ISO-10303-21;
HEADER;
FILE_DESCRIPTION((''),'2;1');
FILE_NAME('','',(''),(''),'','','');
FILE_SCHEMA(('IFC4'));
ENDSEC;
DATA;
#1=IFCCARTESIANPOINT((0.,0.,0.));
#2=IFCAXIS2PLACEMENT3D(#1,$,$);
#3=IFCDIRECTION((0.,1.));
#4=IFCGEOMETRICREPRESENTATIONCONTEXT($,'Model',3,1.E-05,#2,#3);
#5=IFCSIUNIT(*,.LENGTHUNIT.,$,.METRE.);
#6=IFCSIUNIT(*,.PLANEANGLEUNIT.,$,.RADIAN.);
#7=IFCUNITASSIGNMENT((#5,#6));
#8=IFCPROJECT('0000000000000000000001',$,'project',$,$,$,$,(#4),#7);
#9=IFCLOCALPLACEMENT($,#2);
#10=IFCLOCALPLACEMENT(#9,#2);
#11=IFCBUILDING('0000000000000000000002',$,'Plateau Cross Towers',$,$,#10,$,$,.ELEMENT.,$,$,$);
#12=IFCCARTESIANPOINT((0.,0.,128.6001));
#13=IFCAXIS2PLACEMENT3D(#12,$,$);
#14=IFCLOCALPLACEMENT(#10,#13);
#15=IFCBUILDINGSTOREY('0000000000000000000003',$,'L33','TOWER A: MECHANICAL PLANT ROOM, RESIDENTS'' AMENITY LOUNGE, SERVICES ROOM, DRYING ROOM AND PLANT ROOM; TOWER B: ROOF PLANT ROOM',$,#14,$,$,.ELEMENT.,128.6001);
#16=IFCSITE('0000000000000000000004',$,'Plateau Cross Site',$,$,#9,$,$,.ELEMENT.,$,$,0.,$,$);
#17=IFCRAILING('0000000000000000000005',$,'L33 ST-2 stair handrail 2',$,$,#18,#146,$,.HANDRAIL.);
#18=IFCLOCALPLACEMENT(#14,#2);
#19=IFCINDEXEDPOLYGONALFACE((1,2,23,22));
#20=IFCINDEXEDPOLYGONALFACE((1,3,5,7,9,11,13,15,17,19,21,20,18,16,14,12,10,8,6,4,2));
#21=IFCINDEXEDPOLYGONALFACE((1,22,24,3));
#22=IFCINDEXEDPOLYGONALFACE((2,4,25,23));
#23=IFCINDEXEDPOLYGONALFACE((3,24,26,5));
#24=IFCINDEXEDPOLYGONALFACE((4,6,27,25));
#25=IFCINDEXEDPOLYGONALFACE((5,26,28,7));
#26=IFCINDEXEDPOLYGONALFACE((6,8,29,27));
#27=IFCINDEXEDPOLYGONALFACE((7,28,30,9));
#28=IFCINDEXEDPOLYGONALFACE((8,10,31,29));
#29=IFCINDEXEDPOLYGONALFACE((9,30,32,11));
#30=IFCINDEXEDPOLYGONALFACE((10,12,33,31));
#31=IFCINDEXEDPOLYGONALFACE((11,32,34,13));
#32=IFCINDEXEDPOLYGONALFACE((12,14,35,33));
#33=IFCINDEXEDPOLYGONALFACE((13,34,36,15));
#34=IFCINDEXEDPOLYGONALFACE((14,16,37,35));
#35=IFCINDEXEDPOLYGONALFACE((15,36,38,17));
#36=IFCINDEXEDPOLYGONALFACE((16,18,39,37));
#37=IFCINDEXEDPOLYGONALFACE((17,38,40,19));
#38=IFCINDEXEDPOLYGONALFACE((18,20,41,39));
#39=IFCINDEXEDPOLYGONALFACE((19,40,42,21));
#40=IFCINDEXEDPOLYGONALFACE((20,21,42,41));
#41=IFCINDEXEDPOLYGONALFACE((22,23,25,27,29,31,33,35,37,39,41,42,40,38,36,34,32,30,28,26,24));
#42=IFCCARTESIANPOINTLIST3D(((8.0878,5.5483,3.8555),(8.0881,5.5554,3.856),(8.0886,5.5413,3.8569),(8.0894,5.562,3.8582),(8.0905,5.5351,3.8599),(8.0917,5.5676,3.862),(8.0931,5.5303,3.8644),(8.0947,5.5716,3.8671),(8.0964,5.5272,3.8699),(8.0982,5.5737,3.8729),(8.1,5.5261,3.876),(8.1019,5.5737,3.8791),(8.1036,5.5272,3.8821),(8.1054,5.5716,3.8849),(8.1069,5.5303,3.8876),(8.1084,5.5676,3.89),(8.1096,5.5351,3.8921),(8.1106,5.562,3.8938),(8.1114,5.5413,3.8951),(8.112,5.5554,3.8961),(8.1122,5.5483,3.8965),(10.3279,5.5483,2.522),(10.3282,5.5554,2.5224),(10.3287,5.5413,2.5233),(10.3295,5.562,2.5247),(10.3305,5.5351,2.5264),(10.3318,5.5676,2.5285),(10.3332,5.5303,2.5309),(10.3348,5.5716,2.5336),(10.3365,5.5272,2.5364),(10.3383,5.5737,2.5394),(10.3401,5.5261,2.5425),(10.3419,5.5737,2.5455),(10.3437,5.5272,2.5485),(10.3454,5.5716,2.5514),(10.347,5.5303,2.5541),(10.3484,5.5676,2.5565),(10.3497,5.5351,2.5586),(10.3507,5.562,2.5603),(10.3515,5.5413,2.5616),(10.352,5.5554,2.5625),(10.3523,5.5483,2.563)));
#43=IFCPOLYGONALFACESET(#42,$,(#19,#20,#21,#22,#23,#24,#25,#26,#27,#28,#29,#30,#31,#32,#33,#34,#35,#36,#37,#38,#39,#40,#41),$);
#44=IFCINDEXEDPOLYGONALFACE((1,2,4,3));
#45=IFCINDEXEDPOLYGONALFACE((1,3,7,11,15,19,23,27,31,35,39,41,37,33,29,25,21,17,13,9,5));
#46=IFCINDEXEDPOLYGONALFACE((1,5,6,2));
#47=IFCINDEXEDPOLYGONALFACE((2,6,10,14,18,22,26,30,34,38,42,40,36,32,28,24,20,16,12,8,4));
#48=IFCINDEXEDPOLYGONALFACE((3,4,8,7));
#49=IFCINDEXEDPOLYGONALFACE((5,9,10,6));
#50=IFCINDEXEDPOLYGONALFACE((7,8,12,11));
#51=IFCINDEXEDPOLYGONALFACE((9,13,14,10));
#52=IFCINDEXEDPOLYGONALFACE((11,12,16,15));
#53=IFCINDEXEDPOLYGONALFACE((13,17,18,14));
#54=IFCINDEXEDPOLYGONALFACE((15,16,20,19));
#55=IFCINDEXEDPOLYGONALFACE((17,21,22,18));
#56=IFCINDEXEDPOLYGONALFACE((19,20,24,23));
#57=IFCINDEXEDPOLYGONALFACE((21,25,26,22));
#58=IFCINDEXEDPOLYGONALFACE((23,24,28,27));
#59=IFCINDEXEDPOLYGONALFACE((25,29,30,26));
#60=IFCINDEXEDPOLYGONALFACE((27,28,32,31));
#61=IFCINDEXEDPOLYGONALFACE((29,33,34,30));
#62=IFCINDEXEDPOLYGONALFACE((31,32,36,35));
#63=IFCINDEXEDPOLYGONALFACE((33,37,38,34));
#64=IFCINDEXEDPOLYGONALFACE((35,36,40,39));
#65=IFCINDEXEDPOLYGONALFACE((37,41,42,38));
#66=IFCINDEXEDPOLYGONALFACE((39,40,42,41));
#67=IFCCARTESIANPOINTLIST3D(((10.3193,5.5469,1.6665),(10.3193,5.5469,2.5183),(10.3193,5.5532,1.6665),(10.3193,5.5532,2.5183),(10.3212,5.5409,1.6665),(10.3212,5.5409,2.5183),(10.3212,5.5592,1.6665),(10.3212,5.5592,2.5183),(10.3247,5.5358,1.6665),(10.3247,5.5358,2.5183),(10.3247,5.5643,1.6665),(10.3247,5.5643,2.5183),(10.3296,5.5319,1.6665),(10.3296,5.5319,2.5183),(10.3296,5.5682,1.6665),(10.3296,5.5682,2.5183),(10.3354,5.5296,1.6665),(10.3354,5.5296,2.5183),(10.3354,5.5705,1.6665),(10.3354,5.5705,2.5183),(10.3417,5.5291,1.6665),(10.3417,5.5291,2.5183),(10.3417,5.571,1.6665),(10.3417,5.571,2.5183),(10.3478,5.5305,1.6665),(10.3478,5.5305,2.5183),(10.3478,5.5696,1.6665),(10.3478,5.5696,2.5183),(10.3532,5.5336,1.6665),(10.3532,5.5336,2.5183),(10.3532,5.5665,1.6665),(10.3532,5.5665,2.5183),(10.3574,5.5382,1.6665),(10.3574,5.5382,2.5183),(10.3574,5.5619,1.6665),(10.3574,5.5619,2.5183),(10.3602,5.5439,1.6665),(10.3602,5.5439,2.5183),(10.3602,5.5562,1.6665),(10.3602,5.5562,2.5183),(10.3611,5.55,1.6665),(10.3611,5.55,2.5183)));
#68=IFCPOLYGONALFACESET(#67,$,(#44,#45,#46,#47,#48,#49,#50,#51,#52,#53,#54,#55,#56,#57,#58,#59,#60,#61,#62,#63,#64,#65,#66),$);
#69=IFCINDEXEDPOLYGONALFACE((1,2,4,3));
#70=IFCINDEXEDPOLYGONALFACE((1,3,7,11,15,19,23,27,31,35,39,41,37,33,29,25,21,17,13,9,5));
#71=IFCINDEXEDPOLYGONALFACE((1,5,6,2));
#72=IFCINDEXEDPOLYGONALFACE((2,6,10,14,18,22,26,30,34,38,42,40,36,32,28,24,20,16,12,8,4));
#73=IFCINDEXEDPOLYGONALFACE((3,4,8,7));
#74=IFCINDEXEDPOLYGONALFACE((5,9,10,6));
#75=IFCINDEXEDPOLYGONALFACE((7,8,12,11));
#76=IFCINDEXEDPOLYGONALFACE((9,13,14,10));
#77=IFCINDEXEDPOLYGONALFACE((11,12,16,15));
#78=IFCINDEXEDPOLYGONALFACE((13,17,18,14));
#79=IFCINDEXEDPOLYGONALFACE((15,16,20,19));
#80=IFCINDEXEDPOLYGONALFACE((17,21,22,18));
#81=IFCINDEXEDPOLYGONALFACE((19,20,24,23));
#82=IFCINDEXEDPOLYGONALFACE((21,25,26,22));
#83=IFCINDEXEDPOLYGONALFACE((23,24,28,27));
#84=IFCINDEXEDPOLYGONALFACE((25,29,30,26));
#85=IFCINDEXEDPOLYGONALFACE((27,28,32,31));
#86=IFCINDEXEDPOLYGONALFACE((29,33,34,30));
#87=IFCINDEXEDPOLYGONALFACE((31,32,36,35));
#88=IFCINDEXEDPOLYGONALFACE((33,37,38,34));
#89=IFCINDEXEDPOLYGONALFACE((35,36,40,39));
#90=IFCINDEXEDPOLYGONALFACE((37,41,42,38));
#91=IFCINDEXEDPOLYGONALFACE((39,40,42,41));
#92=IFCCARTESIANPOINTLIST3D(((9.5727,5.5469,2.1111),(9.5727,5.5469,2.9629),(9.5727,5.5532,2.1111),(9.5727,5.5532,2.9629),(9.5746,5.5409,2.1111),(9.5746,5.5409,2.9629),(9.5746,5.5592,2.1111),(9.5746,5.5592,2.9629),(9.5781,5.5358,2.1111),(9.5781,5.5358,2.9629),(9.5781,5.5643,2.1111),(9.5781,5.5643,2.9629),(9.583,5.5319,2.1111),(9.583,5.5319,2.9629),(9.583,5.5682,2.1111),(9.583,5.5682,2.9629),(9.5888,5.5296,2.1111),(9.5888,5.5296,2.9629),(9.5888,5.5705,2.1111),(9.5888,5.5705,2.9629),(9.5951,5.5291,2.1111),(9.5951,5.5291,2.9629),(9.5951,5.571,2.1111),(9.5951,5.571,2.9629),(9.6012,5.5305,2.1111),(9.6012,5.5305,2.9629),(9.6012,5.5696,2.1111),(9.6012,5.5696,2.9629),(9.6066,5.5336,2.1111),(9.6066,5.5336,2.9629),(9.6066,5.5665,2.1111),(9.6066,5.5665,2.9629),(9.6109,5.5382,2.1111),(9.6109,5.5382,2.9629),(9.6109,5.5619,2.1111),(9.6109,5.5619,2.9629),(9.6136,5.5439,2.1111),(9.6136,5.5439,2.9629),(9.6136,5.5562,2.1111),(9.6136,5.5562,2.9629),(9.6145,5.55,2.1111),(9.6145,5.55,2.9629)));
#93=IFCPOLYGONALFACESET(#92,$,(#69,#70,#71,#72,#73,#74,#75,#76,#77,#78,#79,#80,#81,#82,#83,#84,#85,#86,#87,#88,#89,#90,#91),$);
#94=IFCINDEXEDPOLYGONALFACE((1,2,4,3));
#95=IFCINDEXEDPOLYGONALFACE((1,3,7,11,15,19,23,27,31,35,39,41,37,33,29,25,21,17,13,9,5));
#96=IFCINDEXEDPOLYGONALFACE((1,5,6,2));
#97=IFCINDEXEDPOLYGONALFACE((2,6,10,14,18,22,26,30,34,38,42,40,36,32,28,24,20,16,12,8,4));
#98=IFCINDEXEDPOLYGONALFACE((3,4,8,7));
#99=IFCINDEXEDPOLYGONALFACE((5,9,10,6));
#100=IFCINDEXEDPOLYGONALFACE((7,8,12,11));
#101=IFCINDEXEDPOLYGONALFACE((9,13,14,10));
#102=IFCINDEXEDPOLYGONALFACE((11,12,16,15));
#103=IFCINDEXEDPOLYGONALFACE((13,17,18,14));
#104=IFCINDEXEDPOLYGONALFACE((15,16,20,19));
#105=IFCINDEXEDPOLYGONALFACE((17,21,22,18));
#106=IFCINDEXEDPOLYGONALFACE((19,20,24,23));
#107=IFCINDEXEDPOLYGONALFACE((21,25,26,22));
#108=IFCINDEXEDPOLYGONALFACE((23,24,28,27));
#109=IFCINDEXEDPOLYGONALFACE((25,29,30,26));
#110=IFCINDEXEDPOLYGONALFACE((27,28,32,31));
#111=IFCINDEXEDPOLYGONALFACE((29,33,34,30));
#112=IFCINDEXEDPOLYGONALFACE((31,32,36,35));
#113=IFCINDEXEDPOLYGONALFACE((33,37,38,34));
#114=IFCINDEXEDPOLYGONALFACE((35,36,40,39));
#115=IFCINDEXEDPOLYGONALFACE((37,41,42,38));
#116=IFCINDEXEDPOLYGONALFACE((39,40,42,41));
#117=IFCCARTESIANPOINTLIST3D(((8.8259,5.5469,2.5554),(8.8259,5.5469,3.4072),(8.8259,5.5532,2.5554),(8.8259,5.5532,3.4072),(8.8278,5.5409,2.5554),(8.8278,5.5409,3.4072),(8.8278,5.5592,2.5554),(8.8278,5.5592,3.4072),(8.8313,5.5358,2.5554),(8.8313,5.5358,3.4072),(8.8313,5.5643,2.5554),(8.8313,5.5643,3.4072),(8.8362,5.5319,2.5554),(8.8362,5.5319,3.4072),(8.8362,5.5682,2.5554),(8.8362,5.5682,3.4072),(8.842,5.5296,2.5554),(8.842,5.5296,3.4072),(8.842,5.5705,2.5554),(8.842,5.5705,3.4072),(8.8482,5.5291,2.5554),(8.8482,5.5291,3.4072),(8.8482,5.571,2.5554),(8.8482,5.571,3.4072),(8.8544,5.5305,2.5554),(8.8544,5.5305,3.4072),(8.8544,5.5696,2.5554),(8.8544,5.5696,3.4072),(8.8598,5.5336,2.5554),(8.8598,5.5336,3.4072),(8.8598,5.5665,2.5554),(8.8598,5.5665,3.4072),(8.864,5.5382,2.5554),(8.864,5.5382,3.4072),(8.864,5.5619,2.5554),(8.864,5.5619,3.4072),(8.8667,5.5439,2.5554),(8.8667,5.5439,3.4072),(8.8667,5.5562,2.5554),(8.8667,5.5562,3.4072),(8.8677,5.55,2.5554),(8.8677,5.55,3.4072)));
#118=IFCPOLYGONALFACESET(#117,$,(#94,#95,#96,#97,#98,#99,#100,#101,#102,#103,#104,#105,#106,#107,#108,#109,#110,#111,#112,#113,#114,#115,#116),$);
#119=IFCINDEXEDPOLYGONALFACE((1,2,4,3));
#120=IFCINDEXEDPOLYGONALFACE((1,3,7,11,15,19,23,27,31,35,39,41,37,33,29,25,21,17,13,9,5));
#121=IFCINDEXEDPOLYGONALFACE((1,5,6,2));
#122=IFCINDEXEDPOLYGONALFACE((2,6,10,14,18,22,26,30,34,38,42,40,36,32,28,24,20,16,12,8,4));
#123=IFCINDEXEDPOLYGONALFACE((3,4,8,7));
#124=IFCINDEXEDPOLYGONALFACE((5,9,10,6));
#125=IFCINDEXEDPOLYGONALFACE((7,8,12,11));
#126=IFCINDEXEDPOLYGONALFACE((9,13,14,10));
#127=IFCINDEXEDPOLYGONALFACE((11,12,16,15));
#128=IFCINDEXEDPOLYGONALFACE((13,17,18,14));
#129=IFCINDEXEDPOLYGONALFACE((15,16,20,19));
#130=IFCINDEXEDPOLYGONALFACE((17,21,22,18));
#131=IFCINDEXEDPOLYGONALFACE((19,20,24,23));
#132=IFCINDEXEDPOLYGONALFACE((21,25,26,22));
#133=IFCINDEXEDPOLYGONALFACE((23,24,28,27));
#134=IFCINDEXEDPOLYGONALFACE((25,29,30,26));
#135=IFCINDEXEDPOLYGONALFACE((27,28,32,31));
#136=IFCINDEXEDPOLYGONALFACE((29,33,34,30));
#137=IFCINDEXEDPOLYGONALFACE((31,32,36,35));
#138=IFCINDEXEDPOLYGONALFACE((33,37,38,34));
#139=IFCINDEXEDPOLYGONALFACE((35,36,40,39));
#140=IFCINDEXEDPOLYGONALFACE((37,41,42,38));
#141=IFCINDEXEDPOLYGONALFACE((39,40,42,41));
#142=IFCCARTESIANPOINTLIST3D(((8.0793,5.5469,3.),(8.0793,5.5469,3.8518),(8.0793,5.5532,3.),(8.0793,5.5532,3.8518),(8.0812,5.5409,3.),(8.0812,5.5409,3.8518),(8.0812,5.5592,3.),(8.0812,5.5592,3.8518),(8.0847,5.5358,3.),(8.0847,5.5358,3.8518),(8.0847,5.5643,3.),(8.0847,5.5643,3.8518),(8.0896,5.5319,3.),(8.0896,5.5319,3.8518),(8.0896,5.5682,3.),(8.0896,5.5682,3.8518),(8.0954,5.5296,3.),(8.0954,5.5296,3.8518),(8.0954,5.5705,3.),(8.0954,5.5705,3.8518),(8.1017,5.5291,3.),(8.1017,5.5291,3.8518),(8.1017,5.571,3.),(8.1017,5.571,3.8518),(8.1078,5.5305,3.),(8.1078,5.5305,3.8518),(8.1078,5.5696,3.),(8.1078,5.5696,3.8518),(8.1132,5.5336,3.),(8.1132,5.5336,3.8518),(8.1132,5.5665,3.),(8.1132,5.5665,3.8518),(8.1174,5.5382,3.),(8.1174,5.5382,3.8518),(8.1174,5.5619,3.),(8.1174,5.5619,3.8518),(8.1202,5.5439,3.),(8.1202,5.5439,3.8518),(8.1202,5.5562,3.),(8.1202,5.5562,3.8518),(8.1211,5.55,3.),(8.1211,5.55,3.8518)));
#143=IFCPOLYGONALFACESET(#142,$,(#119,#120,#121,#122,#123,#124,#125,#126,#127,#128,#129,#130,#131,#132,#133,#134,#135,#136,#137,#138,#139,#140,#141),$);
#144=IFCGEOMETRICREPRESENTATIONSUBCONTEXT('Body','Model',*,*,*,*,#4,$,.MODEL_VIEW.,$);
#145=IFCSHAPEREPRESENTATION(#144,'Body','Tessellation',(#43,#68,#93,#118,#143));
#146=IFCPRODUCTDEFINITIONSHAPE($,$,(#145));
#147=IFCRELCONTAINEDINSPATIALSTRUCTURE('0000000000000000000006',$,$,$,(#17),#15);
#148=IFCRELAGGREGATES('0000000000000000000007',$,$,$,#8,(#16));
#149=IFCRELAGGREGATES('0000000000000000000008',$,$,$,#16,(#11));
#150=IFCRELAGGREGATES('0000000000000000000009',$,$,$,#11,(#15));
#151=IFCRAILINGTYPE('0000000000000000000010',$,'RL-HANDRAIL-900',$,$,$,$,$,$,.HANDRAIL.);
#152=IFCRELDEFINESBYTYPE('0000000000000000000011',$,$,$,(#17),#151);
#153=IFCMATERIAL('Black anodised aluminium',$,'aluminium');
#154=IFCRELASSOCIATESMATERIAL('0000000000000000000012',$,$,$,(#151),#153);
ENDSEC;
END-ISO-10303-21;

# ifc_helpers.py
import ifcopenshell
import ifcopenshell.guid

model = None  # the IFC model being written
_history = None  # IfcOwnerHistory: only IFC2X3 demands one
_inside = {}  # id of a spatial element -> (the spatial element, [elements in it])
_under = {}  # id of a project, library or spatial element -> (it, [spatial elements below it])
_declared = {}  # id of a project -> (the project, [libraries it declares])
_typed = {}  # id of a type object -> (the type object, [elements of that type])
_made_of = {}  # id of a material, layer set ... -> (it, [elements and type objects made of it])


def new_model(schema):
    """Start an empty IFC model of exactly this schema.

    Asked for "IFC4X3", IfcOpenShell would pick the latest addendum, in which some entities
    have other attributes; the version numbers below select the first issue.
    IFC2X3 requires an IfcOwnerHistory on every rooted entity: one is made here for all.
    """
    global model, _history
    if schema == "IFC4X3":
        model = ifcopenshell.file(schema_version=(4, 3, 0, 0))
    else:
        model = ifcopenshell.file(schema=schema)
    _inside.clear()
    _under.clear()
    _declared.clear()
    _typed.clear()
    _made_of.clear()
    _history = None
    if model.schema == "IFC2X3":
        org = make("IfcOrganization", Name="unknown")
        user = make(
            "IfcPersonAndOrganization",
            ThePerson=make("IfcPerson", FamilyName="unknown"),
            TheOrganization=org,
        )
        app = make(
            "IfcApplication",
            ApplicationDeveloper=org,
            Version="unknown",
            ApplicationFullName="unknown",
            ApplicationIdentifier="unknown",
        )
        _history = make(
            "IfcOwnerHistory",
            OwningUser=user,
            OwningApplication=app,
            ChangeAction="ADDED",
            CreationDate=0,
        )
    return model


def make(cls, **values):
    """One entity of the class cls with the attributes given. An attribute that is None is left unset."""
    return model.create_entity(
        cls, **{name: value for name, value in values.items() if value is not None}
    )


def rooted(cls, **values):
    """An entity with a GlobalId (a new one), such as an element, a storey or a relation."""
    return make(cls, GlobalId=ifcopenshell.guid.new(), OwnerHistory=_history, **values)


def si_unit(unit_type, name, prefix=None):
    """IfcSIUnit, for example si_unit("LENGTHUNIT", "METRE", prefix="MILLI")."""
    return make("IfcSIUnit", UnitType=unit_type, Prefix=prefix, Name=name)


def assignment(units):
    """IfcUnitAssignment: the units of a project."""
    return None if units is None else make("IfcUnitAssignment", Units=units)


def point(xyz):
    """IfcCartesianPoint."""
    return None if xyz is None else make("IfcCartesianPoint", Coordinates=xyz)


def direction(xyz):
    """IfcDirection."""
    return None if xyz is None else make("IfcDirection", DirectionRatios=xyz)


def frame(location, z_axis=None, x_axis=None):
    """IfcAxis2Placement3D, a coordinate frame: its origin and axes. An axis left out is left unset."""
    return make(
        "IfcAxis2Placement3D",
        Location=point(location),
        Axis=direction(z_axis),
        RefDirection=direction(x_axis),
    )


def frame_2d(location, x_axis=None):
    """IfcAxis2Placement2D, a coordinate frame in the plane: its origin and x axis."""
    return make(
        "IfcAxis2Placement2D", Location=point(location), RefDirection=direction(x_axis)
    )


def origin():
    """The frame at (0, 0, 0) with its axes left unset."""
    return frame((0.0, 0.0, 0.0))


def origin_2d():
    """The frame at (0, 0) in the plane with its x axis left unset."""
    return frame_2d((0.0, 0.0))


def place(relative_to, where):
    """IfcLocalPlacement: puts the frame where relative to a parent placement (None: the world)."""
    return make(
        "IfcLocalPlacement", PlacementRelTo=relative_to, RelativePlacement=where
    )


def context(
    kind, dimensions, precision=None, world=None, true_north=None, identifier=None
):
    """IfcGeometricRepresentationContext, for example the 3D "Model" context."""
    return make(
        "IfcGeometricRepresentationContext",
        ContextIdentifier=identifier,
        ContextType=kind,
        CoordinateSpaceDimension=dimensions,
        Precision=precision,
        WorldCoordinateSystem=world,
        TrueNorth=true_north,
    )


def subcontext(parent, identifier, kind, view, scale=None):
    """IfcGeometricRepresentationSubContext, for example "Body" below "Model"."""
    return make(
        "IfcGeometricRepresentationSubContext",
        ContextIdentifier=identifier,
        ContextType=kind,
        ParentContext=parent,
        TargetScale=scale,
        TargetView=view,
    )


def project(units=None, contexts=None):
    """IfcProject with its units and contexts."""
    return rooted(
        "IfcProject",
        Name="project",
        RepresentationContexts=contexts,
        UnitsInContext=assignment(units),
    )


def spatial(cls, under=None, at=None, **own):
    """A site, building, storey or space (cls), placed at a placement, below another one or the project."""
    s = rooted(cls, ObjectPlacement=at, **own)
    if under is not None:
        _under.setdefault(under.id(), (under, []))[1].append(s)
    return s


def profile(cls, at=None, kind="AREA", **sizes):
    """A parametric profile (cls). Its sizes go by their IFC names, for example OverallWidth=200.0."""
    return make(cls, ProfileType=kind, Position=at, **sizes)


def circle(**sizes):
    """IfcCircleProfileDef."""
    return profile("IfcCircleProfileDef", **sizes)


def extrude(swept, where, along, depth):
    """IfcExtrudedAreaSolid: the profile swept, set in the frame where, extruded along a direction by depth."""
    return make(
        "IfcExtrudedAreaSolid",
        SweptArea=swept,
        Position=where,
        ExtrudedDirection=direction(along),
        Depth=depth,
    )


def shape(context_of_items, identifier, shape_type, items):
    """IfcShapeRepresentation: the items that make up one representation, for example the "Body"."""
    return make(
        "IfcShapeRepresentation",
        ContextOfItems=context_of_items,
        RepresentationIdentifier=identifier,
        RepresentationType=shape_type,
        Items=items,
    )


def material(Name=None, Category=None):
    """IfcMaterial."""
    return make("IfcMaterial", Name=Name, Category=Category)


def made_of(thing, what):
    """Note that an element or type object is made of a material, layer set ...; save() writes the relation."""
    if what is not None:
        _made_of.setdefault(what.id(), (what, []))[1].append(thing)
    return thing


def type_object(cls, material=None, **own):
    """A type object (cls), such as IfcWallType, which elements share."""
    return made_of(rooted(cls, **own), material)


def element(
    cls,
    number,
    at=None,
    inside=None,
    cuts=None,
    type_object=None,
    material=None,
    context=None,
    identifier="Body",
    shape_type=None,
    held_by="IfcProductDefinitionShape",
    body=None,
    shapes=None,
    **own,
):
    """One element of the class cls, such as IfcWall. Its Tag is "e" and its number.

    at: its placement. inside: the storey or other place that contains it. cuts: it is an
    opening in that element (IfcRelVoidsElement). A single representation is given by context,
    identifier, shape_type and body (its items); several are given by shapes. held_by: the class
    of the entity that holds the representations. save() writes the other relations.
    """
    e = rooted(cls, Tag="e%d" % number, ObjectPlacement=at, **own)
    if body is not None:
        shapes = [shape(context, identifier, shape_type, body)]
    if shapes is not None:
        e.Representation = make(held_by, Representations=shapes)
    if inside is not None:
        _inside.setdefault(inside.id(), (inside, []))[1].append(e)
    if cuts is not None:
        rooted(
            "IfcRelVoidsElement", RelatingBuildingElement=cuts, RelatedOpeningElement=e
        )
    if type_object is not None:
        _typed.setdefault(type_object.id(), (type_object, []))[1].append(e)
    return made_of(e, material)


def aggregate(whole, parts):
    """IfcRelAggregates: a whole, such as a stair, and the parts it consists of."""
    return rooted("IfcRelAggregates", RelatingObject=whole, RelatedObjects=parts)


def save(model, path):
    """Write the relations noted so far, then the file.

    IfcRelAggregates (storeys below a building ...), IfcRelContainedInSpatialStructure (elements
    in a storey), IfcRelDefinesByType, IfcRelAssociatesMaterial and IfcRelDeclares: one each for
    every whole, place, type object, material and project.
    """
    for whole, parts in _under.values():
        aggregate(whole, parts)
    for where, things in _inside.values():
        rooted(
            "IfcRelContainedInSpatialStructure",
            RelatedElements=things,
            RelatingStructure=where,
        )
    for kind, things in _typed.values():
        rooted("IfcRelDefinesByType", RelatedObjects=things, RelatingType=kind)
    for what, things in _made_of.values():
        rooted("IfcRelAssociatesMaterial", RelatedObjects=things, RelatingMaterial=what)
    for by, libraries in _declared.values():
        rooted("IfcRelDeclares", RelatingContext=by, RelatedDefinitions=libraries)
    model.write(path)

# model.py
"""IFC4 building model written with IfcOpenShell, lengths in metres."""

from ifc_helpers import new_model, si_unit, direction, frame, origin, origin_2d, place, context, subcontext, project, spatial, circle, extrude, material, type_object, element, save


model = new_model("IFC4")

# Units and contexts
model_context = context("Model", 3, precision=1e-05, world=origin(), true_north=direction((0.0, 1.0)))
body_context = subcontext(model_context, "Body", "Model", "MODEL_VIEW")
ifc_project = project(units=[si_unit("LENGTHUNIT", "METRE"), si_unit("PLANEANGLEUNIT", "RADIAN")], contexts=[model_context])

# Site, building, storey
site_placement = place(None, origin())
site = spatial("IfcSite", under=ifc_project, at=site_placement, Name="Plateau Cross Site", CompositionType="ELEMENT", RefElevation=0.0)
building_placement = place(site_placement, origin())
building = spatial("IfcBuilding", under=site, at=building_placement, Name="Plateau Cross Towers", CompositionType="ELEMENT")
storey_placement = place(building_placement, frame((0.0, 0.0, 128.6001)))
storey = spatial("IfcBuildingStorey", under=building, at=storey_placement, Name="L33", Description="TOWER A: MECHANICAL PLANT ROOM, RESIDENTS' AMENITY LOUNGE, SERVICES ROOM, DRYING ROOM AND PLANT ROOM; TOWER B: ROOF PLANT ROOM", CompositionType="ELEMENT", Elevation=128.6001)

# Railing
ifc_material_1 = material(Name="Black anodised aluminium", Category="aluminium")
railing_type_1 = type_object("IfcRailingType", Name="RL-HANDRAIL-900", PredefinedType="HANDRAIL", material=ifc_material_1)
for number, where, name in (
    (1, (10.3401, 5.55, 1.6665), "L33 ST-2 stair handrail 2"),
):
    element("IfcRailing", number, at=place(storey_placement, frame(where)), inside=storey, type_object=railing_type_1, Name=name, PredefinedType="HANDRAIL", context=body_context, shape_type="SweptSolid", body=[
        extrude(circle(Radius=0.0239, at=origin_2d()), frame((0.0, 0.0, 0.876), z_axis=(-0.859264, 0.0, 0.511532), x_axis=(0.0, -1.0, 0.0)), (0.0, 0.0, 1.0), 2.6069),
        extrude(circle(Radius=0.021, at=origin_2d()), origin(), (0.0, 0.0, 1.0), 0.8518),
        extrude(circle(Radius=0.021, at=origin_2d()), frame((-0.7466, 0.0, 0.4446)), (0.0, 0.0, 1.0), 0.8518),
        extrude(circle(Radius=0.021, at=origin_2d()), frame((-1.4934, 0.0, 0.8889)), (0.0, 0.0, 1.0), 0.8518),
        extrude(circle(Radius=0.021, at=origin_2d()), frame((-2.24, 0.0, 1.3335)), (0.0, 0.0, 1.0), 0.8518),
    ])

save(model, "model.ifc")
